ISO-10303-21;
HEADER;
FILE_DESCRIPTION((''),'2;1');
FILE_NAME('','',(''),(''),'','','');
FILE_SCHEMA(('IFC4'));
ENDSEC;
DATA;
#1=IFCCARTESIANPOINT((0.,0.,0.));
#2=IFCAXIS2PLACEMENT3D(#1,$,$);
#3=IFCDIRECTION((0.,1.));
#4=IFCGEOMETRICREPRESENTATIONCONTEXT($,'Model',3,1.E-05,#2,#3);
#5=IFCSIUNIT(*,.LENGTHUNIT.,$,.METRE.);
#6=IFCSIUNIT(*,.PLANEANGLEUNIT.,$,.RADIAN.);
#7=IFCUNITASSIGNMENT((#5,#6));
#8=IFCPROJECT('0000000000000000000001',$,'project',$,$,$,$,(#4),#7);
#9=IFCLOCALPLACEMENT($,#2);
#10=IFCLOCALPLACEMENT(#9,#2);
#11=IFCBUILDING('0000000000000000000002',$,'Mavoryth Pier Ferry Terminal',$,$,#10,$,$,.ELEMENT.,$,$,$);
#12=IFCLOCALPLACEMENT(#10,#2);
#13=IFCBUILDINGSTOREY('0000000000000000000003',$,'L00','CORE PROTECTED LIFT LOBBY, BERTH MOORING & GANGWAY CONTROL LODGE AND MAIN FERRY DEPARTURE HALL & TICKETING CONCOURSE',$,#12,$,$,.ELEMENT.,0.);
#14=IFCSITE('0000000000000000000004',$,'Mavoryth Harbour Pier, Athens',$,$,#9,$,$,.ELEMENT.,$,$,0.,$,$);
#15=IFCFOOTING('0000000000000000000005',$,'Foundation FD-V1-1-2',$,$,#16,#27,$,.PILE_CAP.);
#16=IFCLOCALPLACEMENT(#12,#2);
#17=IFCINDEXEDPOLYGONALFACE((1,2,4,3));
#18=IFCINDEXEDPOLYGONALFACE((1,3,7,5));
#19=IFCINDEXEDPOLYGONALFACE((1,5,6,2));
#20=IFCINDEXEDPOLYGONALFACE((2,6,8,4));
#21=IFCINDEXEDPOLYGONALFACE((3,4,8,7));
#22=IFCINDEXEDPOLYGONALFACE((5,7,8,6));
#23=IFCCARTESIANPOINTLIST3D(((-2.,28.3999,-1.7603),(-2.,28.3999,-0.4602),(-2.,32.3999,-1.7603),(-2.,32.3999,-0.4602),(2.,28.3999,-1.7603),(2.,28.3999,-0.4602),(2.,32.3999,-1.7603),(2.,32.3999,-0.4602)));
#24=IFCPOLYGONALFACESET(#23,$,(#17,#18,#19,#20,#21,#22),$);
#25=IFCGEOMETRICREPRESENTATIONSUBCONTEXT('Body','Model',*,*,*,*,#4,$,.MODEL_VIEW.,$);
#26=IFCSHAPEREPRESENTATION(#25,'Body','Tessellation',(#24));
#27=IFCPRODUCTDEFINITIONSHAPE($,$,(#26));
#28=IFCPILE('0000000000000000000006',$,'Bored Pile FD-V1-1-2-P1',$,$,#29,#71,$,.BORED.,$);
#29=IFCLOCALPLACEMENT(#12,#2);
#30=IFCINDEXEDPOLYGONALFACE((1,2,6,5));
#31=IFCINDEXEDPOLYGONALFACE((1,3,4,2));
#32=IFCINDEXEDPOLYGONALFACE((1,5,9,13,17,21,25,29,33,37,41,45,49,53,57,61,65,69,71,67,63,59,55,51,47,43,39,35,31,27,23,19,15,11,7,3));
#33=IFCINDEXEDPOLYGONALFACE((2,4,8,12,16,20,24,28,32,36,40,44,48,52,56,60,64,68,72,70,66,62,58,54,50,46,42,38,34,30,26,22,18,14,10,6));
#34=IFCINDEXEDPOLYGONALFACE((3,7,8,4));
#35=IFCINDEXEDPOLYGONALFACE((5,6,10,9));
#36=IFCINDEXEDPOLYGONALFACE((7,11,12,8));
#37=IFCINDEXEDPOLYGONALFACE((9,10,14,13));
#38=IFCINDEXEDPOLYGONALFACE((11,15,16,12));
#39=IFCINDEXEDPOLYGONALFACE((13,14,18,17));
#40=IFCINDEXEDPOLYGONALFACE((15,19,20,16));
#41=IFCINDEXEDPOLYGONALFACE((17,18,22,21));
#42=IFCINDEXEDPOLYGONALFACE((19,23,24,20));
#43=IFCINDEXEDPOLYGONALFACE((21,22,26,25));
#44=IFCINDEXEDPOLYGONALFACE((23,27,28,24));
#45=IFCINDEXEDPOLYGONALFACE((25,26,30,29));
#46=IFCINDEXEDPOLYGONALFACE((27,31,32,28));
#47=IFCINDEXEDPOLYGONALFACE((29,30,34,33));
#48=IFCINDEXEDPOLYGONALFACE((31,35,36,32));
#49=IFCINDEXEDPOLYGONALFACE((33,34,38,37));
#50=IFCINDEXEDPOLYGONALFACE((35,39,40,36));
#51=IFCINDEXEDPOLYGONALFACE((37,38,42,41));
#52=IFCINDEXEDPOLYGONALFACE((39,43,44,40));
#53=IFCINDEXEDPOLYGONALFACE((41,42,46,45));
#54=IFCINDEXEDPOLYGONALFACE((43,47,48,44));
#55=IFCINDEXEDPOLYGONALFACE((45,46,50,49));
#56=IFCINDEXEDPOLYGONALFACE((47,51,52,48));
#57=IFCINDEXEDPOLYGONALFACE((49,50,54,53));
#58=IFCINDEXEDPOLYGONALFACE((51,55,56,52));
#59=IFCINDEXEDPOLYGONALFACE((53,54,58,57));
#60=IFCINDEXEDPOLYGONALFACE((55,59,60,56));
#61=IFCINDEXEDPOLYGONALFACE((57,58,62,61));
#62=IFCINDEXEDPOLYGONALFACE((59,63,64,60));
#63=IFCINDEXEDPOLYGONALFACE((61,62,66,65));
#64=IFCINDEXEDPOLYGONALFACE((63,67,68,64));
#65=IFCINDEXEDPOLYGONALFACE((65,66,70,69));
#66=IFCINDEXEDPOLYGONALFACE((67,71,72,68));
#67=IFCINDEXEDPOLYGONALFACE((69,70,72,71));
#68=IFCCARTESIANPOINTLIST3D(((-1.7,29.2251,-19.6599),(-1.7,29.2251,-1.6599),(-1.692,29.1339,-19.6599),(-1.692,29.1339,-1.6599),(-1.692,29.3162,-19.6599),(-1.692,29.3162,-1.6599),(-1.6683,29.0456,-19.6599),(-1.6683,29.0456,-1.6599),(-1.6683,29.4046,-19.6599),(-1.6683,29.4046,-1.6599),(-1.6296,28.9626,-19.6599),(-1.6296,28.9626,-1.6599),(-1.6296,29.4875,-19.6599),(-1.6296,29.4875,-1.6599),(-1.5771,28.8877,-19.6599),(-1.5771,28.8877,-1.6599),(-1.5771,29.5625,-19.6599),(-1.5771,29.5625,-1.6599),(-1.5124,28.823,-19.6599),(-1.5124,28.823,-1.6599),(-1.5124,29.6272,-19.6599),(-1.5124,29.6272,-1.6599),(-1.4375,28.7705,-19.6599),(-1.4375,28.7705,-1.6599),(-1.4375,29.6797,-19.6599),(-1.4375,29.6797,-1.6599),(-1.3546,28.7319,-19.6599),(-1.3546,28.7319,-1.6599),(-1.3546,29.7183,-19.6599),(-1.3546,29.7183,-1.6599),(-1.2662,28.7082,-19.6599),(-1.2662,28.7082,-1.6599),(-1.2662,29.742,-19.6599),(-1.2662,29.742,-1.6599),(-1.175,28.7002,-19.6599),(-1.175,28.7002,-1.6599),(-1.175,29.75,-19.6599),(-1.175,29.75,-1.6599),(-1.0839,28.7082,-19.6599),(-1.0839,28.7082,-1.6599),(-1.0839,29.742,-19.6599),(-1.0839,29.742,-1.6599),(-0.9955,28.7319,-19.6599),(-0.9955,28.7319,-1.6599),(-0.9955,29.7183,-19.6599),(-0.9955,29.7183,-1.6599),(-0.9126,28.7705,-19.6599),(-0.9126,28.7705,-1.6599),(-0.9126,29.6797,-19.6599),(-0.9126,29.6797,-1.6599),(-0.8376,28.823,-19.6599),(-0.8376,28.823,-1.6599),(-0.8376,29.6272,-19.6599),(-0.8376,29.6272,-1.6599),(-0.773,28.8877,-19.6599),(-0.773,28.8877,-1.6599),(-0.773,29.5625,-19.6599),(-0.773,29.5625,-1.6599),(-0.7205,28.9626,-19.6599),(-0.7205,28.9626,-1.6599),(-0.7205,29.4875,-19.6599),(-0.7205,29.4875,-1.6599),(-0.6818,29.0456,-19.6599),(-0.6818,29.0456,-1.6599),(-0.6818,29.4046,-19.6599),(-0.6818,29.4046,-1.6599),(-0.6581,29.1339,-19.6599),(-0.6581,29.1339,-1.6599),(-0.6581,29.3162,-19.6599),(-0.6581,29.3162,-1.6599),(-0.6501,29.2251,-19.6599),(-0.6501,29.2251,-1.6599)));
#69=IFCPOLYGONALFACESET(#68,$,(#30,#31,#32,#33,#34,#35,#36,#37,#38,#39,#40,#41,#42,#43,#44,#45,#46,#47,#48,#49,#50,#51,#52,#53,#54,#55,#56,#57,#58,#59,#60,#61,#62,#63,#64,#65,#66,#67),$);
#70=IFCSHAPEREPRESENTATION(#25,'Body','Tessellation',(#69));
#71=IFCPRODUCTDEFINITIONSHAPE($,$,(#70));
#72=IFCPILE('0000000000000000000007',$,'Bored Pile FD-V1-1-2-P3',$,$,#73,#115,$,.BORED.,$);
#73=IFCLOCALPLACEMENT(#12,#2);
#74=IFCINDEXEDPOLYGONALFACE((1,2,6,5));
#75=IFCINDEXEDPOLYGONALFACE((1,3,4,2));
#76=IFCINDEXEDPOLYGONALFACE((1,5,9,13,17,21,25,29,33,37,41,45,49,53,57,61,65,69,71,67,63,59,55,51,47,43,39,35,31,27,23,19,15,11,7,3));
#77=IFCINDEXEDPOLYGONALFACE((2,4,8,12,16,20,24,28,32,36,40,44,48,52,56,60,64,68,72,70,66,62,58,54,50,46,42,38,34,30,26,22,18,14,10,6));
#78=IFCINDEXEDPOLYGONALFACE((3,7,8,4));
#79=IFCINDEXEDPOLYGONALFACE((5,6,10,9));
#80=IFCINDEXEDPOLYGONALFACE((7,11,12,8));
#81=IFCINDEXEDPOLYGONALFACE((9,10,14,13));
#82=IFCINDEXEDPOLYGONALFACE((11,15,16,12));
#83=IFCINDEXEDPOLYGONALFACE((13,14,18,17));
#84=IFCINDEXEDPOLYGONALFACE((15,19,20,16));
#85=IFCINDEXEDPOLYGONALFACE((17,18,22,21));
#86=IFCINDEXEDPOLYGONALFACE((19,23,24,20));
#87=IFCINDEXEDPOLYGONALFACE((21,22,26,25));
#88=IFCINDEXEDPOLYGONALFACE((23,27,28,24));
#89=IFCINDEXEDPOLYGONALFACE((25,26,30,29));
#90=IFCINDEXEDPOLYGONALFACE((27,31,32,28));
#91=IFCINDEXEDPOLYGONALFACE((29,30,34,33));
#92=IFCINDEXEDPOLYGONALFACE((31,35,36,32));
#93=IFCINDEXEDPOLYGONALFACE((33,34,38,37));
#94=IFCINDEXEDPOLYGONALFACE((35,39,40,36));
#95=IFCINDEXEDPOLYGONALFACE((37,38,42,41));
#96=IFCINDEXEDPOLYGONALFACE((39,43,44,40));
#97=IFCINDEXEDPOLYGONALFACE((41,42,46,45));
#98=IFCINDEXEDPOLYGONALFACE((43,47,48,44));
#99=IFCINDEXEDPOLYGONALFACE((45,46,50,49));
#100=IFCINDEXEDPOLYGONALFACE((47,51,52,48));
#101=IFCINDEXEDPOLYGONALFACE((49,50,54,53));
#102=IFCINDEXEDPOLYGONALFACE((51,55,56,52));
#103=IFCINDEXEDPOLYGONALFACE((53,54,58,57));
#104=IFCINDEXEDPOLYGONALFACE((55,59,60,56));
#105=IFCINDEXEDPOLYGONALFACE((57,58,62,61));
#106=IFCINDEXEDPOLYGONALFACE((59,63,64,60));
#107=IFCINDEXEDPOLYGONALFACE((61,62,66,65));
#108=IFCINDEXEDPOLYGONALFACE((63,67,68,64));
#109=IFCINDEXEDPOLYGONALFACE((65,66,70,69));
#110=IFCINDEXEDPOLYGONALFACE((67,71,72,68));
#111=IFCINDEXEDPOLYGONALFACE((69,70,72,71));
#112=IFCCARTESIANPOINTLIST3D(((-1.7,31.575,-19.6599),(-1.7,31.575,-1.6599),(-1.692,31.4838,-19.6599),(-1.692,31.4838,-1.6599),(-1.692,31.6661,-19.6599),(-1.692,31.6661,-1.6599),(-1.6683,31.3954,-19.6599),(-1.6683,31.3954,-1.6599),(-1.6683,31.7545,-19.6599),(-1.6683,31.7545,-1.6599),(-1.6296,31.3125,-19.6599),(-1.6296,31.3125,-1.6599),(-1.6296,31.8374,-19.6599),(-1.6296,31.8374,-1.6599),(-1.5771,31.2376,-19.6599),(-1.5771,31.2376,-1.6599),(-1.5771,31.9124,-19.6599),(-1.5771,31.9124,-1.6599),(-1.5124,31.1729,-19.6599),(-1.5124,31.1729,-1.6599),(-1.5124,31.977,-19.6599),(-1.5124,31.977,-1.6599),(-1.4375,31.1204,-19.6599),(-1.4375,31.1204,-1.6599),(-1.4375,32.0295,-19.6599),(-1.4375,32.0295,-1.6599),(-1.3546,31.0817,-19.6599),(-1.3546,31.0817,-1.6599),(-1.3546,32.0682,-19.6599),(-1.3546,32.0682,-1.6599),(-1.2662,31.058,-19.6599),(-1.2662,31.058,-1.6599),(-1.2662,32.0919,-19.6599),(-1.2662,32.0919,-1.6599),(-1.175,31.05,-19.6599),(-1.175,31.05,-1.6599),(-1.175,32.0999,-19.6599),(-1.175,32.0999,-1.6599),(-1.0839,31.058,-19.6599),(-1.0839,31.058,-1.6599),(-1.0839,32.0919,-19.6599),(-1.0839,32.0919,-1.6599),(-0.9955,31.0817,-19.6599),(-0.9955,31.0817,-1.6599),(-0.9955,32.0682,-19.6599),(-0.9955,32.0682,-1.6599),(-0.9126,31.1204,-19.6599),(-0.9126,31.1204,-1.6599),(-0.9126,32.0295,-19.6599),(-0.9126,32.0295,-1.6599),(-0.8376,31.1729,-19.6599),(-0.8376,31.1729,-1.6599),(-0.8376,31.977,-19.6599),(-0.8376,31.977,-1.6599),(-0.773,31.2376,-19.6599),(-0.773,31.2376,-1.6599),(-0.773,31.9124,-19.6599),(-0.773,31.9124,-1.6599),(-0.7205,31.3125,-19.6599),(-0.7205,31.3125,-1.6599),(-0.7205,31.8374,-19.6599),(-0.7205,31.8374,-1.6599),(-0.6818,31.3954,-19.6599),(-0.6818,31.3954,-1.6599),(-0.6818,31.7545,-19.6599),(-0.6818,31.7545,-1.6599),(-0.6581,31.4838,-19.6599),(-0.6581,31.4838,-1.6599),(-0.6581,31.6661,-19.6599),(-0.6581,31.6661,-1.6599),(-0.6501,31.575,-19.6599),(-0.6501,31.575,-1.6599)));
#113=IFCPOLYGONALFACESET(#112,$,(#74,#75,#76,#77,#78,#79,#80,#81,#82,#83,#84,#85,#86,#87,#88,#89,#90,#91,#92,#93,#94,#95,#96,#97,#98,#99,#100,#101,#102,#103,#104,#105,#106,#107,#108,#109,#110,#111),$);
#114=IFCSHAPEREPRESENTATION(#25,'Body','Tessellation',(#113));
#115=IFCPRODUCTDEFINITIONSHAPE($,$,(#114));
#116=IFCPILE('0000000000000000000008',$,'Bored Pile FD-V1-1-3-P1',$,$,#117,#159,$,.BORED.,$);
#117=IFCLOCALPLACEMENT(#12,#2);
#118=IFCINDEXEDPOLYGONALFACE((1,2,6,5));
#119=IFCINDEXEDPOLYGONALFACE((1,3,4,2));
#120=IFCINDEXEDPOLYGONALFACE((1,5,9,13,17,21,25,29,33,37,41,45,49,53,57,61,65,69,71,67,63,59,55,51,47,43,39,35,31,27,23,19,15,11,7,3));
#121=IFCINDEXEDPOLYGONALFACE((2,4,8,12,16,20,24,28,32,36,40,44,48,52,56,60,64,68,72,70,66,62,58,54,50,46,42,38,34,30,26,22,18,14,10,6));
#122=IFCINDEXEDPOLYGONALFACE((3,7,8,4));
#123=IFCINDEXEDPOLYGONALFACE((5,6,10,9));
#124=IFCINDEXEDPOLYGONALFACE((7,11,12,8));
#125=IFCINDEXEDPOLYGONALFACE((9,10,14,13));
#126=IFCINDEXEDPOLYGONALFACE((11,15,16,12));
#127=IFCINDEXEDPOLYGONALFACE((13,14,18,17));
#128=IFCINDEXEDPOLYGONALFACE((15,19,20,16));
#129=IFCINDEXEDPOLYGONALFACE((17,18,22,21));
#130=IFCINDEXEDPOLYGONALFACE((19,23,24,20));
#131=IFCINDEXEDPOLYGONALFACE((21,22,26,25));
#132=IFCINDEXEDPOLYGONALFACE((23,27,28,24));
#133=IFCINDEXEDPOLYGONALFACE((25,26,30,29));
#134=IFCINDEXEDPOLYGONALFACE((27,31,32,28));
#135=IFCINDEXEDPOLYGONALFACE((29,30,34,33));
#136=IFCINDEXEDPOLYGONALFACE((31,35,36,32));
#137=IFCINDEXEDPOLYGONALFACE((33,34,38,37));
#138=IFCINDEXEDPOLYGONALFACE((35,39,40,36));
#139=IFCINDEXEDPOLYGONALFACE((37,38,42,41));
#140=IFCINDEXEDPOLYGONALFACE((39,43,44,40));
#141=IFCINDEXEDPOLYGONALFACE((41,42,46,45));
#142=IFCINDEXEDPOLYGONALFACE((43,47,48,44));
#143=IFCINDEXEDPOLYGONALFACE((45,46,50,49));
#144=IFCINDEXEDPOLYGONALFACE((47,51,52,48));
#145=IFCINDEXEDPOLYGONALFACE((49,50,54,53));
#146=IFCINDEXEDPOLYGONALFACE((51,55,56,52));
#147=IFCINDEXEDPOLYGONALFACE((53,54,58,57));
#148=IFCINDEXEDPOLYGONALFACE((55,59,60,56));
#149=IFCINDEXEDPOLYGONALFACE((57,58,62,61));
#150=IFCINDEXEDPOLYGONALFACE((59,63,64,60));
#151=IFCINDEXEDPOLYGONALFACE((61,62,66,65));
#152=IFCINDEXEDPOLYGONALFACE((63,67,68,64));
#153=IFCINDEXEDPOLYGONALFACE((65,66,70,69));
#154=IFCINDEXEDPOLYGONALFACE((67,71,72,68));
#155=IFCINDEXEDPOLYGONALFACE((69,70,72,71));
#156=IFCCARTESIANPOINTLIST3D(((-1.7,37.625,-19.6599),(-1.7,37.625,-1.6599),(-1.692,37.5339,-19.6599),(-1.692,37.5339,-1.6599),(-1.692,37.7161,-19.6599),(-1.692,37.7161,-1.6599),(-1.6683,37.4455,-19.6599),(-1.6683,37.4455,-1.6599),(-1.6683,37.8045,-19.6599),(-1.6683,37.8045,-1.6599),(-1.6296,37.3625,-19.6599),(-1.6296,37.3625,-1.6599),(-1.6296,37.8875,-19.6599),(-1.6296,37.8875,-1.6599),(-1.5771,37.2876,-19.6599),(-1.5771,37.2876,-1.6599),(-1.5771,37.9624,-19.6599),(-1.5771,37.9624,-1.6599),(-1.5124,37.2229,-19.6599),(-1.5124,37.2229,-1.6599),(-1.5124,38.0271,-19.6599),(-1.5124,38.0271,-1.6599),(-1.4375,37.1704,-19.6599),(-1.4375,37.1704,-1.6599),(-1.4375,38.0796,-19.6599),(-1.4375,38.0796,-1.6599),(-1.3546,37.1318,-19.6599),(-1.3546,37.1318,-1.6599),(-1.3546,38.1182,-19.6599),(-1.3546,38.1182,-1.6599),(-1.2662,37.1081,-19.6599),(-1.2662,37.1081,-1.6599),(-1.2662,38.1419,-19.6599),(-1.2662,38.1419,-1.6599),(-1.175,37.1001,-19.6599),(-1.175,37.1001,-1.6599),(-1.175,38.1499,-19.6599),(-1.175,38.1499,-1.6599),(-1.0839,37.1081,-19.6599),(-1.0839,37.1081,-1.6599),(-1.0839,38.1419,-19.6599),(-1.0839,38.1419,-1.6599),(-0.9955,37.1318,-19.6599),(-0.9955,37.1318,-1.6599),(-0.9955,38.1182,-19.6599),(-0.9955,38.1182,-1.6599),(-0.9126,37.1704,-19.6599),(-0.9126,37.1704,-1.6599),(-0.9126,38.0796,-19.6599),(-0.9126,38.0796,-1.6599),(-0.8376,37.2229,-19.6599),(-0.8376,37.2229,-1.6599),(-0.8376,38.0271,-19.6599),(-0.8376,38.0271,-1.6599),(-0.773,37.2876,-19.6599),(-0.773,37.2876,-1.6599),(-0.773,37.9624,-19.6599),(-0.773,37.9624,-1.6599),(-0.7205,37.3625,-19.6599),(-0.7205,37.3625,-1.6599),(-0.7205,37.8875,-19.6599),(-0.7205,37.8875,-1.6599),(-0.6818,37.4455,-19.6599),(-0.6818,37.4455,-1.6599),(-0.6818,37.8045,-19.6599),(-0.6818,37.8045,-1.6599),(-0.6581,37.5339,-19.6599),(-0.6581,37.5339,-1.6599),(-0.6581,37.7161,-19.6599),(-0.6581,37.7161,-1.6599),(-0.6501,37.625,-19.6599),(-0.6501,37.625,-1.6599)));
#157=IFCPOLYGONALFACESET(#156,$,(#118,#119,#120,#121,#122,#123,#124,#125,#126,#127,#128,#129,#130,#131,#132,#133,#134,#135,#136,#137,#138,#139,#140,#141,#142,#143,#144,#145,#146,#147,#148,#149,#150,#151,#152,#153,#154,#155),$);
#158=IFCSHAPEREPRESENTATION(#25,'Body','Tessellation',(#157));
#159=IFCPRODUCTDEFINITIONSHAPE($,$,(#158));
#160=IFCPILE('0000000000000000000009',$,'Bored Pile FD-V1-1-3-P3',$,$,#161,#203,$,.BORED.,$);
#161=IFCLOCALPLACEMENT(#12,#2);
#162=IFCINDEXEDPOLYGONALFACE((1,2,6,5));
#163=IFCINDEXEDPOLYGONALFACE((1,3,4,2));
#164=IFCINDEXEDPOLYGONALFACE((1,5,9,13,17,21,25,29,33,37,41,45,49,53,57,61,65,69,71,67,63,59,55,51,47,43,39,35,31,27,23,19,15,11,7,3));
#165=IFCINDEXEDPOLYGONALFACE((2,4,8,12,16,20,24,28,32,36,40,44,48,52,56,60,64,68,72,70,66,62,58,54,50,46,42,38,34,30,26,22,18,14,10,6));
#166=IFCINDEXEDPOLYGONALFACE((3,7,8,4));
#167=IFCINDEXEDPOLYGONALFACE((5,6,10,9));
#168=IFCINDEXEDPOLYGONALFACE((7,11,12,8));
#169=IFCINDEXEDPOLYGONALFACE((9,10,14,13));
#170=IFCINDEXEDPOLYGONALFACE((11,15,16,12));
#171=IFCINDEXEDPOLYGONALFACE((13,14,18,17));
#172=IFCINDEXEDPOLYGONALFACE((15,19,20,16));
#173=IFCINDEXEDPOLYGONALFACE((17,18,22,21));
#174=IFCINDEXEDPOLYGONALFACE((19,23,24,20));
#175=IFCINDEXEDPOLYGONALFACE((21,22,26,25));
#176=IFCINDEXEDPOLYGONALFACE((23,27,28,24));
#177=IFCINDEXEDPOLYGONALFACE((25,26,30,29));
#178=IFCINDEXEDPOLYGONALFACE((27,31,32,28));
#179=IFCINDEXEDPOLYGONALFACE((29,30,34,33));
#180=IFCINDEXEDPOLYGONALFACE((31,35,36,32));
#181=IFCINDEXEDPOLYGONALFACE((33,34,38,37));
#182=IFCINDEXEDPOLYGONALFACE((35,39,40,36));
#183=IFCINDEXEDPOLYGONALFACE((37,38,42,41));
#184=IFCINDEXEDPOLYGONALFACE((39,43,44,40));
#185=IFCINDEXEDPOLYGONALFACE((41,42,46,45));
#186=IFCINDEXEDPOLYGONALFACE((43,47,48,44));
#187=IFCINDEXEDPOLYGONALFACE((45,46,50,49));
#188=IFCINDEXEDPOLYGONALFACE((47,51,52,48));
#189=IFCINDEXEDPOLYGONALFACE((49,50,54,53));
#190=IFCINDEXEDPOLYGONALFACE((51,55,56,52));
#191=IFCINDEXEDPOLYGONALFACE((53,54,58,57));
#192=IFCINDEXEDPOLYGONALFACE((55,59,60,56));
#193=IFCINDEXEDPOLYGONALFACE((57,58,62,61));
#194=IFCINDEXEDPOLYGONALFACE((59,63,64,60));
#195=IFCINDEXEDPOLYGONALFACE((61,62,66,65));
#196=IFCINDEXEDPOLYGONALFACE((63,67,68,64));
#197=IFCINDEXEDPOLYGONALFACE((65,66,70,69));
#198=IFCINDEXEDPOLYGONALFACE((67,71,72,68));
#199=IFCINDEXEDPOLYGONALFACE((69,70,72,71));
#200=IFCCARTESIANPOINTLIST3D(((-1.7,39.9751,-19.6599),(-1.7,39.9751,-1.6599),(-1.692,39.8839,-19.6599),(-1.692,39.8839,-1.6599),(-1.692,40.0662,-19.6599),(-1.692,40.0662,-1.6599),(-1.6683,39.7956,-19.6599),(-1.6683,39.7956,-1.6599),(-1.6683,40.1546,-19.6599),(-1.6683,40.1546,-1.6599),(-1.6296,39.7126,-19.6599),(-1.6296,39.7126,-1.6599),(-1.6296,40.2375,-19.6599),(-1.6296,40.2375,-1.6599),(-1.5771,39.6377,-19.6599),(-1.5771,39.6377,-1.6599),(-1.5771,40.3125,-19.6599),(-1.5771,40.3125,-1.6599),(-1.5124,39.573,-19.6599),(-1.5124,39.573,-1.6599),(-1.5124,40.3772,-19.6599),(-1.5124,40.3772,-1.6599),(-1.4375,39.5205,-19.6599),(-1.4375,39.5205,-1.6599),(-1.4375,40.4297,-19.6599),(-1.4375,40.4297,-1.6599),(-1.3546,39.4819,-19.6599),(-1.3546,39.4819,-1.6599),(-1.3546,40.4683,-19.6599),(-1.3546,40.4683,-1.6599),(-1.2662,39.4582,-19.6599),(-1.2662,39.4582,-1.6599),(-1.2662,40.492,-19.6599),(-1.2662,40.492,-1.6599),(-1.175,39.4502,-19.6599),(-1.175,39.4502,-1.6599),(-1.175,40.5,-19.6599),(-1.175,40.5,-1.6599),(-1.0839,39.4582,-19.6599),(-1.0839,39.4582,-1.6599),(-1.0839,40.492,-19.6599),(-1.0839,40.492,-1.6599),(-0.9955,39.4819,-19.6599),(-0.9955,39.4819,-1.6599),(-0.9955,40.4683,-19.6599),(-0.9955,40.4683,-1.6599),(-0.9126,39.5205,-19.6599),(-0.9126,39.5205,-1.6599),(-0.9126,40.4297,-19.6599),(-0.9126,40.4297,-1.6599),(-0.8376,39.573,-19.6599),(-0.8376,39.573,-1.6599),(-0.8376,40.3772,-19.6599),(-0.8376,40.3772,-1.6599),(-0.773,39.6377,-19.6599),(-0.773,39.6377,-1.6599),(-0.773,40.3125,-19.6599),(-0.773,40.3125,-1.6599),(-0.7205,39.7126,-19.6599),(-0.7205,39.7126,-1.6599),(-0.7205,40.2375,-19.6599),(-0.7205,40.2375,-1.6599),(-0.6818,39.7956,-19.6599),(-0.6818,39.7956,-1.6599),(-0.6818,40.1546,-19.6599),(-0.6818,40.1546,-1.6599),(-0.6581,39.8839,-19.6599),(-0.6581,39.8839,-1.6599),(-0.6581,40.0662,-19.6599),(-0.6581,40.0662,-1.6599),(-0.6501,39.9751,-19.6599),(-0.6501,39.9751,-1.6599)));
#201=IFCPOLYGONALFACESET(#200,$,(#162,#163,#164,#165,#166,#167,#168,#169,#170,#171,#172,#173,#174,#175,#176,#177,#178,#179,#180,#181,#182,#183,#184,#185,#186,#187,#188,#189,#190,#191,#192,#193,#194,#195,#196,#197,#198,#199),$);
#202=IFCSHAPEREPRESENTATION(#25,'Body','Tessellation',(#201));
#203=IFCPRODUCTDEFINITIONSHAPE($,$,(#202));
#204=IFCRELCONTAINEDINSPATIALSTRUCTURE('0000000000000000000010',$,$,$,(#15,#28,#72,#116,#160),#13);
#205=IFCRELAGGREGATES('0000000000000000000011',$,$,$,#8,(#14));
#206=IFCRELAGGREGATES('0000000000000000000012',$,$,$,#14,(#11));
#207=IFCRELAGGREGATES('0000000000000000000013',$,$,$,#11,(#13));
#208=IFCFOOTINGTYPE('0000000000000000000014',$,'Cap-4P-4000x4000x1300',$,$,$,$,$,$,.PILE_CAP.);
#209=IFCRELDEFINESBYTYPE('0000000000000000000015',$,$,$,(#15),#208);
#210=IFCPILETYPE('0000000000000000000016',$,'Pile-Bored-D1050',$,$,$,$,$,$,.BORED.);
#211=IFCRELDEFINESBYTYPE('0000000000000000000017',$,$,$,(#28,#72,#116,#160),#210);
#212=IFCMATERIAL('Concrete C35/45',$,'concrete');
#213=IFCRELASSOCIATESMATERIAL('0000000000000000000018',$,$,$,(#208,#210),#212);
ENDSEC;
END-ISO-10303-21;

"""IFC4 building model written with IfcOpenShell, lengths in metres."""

from ifc_helpers import new_model, si_unit, direction, frame, origin, origin_2d, place, context, subcontext, project, spatial, rectangle, circle, extrude, material, material_profile, profile_set, type_object, element, save


model = new_model("IFC4")

# Units and contexts
model_context = context("Model", 3, precision=1e-05, world=origin(), true_north=direction((0.0, 1.0)))
body_context = subcontext(model_context, "Body", "Model", "MODEL_VIEW")
ifc_project = project(units=[si_unit("LENGTHUNIT", "METRE"), si_unit("PLANEANGLEUNIT", "RADIAN")], contexts=[model_context])

# Site, building, storey
site_placement = place(None, origin())
site = spatial("IfcSite", under=ifc_project, at=site_placement, Name="Mavoryth Harbour Pier, Athens", CompositionType="ELEMENT", RefElevation=0.0)
building_placement = place(site_placement, origin())
building = spatial("IfcBuilding", under=site, at=building_placement, Name="Mavoryth Pier Ferry Terminal", CompositionType="ELEMENT")
storey_placement = place(building_placement, origin())
storey = spatial("IfcBuildingStorey", under=building, at=storey_placement, Name="L00", Description="CORE PROTECTED LIFT LOBBY, BERTH MOORING & GANGWAY CONTROL LODGE AND MAIN FERRY DEPARTURE HALL & TICKETING CONCOURSE", CompositionType="ELEMENT", Elevation=0.0)

# Footing
ifc_material_1 = material(Name="Concrete C35/45", Category="concrete")
footing_type_1 = type_object("IfcFootingType", Name="Cap-4P-4000x4000x1300", PredefinedType="PILE_CAP", material=ifc_material_1)
footing_1_placement = place(storey_placement, frame((0.0, 30.3999, -1.7603), z_axis=(0.0, 0.0, 1.0), x_axis=(1.0, 0.0, 0.0)))
element("IfcFooting", 1, at=footing_1_placement, inside=storey, type_object=footing_type_1, Name="Foundation FD-V1-1-2", PredefinedType="PILE_CAP", context=body_context, shape_type="SweptSolid", body=[
    extrude(rectangle(XDim=4.0, YDim=4.0, at=origin_2d()), origin(), (0.0, 0.0, 1.0), 1.3),
])

# Piles
ifc_material_profile_1 = material_profile(ifc_material_1, circle(Radius=0.5249, at=origin_2d()), Name="PILE D1050", Category="concrete")
ifc_profile_set_1 = profile_set([ifc_material_profile_1], Name="Concrete C35/45 - PILE D1050")
pile_type = type_object("IfcPileType", Name="Pile-Bored-D1050", PredefinedType="BORED", material=ifc_profile_set_1)
for number, where, z_axis, x_axis, name in (
    (2, (-1.175, 29.2251, -1.6599), (0.0, 0.0, -1.0), (1.0, 0.0, 0.0), "Bored Pile FD-V1-1-2-P1"),
    (3, (-1.175, 31.575, -1.6599), (0.0, 0.0, -1.0), (1.0, 0.0, 0.0), "Bored Pile FD-V1-1-2-P3"),
    (4, (-1.175, 37.625, -1.6599), (0.0, 0.0, -1.0), (1.0, 0.0, 0.0), "Bored Pile FD-V1-1-3-P1"),
    (5, (-1.175, 39.9751, -1.6599), (0.0, 0.0, -1.0), (1.0, 0.0, 0.0), "Bored Pile FD-V1-1-3-P3"),
):
    element("IfcPile", number, at=place(storey_placement, frame(where, z_axis=z_axis, x_axis=x_axis)), inside=storey, type_object=pile_type, Name=name, PredefinedType="BORED", context=body_context, shape_type="SweptSolid", body=[
        extrude(circle(Radius=0.5249, at=origin_2d()), origin(), (0.0, 0.0, 1.0), 18.0),
    ])

save(model, "model.ifc")
